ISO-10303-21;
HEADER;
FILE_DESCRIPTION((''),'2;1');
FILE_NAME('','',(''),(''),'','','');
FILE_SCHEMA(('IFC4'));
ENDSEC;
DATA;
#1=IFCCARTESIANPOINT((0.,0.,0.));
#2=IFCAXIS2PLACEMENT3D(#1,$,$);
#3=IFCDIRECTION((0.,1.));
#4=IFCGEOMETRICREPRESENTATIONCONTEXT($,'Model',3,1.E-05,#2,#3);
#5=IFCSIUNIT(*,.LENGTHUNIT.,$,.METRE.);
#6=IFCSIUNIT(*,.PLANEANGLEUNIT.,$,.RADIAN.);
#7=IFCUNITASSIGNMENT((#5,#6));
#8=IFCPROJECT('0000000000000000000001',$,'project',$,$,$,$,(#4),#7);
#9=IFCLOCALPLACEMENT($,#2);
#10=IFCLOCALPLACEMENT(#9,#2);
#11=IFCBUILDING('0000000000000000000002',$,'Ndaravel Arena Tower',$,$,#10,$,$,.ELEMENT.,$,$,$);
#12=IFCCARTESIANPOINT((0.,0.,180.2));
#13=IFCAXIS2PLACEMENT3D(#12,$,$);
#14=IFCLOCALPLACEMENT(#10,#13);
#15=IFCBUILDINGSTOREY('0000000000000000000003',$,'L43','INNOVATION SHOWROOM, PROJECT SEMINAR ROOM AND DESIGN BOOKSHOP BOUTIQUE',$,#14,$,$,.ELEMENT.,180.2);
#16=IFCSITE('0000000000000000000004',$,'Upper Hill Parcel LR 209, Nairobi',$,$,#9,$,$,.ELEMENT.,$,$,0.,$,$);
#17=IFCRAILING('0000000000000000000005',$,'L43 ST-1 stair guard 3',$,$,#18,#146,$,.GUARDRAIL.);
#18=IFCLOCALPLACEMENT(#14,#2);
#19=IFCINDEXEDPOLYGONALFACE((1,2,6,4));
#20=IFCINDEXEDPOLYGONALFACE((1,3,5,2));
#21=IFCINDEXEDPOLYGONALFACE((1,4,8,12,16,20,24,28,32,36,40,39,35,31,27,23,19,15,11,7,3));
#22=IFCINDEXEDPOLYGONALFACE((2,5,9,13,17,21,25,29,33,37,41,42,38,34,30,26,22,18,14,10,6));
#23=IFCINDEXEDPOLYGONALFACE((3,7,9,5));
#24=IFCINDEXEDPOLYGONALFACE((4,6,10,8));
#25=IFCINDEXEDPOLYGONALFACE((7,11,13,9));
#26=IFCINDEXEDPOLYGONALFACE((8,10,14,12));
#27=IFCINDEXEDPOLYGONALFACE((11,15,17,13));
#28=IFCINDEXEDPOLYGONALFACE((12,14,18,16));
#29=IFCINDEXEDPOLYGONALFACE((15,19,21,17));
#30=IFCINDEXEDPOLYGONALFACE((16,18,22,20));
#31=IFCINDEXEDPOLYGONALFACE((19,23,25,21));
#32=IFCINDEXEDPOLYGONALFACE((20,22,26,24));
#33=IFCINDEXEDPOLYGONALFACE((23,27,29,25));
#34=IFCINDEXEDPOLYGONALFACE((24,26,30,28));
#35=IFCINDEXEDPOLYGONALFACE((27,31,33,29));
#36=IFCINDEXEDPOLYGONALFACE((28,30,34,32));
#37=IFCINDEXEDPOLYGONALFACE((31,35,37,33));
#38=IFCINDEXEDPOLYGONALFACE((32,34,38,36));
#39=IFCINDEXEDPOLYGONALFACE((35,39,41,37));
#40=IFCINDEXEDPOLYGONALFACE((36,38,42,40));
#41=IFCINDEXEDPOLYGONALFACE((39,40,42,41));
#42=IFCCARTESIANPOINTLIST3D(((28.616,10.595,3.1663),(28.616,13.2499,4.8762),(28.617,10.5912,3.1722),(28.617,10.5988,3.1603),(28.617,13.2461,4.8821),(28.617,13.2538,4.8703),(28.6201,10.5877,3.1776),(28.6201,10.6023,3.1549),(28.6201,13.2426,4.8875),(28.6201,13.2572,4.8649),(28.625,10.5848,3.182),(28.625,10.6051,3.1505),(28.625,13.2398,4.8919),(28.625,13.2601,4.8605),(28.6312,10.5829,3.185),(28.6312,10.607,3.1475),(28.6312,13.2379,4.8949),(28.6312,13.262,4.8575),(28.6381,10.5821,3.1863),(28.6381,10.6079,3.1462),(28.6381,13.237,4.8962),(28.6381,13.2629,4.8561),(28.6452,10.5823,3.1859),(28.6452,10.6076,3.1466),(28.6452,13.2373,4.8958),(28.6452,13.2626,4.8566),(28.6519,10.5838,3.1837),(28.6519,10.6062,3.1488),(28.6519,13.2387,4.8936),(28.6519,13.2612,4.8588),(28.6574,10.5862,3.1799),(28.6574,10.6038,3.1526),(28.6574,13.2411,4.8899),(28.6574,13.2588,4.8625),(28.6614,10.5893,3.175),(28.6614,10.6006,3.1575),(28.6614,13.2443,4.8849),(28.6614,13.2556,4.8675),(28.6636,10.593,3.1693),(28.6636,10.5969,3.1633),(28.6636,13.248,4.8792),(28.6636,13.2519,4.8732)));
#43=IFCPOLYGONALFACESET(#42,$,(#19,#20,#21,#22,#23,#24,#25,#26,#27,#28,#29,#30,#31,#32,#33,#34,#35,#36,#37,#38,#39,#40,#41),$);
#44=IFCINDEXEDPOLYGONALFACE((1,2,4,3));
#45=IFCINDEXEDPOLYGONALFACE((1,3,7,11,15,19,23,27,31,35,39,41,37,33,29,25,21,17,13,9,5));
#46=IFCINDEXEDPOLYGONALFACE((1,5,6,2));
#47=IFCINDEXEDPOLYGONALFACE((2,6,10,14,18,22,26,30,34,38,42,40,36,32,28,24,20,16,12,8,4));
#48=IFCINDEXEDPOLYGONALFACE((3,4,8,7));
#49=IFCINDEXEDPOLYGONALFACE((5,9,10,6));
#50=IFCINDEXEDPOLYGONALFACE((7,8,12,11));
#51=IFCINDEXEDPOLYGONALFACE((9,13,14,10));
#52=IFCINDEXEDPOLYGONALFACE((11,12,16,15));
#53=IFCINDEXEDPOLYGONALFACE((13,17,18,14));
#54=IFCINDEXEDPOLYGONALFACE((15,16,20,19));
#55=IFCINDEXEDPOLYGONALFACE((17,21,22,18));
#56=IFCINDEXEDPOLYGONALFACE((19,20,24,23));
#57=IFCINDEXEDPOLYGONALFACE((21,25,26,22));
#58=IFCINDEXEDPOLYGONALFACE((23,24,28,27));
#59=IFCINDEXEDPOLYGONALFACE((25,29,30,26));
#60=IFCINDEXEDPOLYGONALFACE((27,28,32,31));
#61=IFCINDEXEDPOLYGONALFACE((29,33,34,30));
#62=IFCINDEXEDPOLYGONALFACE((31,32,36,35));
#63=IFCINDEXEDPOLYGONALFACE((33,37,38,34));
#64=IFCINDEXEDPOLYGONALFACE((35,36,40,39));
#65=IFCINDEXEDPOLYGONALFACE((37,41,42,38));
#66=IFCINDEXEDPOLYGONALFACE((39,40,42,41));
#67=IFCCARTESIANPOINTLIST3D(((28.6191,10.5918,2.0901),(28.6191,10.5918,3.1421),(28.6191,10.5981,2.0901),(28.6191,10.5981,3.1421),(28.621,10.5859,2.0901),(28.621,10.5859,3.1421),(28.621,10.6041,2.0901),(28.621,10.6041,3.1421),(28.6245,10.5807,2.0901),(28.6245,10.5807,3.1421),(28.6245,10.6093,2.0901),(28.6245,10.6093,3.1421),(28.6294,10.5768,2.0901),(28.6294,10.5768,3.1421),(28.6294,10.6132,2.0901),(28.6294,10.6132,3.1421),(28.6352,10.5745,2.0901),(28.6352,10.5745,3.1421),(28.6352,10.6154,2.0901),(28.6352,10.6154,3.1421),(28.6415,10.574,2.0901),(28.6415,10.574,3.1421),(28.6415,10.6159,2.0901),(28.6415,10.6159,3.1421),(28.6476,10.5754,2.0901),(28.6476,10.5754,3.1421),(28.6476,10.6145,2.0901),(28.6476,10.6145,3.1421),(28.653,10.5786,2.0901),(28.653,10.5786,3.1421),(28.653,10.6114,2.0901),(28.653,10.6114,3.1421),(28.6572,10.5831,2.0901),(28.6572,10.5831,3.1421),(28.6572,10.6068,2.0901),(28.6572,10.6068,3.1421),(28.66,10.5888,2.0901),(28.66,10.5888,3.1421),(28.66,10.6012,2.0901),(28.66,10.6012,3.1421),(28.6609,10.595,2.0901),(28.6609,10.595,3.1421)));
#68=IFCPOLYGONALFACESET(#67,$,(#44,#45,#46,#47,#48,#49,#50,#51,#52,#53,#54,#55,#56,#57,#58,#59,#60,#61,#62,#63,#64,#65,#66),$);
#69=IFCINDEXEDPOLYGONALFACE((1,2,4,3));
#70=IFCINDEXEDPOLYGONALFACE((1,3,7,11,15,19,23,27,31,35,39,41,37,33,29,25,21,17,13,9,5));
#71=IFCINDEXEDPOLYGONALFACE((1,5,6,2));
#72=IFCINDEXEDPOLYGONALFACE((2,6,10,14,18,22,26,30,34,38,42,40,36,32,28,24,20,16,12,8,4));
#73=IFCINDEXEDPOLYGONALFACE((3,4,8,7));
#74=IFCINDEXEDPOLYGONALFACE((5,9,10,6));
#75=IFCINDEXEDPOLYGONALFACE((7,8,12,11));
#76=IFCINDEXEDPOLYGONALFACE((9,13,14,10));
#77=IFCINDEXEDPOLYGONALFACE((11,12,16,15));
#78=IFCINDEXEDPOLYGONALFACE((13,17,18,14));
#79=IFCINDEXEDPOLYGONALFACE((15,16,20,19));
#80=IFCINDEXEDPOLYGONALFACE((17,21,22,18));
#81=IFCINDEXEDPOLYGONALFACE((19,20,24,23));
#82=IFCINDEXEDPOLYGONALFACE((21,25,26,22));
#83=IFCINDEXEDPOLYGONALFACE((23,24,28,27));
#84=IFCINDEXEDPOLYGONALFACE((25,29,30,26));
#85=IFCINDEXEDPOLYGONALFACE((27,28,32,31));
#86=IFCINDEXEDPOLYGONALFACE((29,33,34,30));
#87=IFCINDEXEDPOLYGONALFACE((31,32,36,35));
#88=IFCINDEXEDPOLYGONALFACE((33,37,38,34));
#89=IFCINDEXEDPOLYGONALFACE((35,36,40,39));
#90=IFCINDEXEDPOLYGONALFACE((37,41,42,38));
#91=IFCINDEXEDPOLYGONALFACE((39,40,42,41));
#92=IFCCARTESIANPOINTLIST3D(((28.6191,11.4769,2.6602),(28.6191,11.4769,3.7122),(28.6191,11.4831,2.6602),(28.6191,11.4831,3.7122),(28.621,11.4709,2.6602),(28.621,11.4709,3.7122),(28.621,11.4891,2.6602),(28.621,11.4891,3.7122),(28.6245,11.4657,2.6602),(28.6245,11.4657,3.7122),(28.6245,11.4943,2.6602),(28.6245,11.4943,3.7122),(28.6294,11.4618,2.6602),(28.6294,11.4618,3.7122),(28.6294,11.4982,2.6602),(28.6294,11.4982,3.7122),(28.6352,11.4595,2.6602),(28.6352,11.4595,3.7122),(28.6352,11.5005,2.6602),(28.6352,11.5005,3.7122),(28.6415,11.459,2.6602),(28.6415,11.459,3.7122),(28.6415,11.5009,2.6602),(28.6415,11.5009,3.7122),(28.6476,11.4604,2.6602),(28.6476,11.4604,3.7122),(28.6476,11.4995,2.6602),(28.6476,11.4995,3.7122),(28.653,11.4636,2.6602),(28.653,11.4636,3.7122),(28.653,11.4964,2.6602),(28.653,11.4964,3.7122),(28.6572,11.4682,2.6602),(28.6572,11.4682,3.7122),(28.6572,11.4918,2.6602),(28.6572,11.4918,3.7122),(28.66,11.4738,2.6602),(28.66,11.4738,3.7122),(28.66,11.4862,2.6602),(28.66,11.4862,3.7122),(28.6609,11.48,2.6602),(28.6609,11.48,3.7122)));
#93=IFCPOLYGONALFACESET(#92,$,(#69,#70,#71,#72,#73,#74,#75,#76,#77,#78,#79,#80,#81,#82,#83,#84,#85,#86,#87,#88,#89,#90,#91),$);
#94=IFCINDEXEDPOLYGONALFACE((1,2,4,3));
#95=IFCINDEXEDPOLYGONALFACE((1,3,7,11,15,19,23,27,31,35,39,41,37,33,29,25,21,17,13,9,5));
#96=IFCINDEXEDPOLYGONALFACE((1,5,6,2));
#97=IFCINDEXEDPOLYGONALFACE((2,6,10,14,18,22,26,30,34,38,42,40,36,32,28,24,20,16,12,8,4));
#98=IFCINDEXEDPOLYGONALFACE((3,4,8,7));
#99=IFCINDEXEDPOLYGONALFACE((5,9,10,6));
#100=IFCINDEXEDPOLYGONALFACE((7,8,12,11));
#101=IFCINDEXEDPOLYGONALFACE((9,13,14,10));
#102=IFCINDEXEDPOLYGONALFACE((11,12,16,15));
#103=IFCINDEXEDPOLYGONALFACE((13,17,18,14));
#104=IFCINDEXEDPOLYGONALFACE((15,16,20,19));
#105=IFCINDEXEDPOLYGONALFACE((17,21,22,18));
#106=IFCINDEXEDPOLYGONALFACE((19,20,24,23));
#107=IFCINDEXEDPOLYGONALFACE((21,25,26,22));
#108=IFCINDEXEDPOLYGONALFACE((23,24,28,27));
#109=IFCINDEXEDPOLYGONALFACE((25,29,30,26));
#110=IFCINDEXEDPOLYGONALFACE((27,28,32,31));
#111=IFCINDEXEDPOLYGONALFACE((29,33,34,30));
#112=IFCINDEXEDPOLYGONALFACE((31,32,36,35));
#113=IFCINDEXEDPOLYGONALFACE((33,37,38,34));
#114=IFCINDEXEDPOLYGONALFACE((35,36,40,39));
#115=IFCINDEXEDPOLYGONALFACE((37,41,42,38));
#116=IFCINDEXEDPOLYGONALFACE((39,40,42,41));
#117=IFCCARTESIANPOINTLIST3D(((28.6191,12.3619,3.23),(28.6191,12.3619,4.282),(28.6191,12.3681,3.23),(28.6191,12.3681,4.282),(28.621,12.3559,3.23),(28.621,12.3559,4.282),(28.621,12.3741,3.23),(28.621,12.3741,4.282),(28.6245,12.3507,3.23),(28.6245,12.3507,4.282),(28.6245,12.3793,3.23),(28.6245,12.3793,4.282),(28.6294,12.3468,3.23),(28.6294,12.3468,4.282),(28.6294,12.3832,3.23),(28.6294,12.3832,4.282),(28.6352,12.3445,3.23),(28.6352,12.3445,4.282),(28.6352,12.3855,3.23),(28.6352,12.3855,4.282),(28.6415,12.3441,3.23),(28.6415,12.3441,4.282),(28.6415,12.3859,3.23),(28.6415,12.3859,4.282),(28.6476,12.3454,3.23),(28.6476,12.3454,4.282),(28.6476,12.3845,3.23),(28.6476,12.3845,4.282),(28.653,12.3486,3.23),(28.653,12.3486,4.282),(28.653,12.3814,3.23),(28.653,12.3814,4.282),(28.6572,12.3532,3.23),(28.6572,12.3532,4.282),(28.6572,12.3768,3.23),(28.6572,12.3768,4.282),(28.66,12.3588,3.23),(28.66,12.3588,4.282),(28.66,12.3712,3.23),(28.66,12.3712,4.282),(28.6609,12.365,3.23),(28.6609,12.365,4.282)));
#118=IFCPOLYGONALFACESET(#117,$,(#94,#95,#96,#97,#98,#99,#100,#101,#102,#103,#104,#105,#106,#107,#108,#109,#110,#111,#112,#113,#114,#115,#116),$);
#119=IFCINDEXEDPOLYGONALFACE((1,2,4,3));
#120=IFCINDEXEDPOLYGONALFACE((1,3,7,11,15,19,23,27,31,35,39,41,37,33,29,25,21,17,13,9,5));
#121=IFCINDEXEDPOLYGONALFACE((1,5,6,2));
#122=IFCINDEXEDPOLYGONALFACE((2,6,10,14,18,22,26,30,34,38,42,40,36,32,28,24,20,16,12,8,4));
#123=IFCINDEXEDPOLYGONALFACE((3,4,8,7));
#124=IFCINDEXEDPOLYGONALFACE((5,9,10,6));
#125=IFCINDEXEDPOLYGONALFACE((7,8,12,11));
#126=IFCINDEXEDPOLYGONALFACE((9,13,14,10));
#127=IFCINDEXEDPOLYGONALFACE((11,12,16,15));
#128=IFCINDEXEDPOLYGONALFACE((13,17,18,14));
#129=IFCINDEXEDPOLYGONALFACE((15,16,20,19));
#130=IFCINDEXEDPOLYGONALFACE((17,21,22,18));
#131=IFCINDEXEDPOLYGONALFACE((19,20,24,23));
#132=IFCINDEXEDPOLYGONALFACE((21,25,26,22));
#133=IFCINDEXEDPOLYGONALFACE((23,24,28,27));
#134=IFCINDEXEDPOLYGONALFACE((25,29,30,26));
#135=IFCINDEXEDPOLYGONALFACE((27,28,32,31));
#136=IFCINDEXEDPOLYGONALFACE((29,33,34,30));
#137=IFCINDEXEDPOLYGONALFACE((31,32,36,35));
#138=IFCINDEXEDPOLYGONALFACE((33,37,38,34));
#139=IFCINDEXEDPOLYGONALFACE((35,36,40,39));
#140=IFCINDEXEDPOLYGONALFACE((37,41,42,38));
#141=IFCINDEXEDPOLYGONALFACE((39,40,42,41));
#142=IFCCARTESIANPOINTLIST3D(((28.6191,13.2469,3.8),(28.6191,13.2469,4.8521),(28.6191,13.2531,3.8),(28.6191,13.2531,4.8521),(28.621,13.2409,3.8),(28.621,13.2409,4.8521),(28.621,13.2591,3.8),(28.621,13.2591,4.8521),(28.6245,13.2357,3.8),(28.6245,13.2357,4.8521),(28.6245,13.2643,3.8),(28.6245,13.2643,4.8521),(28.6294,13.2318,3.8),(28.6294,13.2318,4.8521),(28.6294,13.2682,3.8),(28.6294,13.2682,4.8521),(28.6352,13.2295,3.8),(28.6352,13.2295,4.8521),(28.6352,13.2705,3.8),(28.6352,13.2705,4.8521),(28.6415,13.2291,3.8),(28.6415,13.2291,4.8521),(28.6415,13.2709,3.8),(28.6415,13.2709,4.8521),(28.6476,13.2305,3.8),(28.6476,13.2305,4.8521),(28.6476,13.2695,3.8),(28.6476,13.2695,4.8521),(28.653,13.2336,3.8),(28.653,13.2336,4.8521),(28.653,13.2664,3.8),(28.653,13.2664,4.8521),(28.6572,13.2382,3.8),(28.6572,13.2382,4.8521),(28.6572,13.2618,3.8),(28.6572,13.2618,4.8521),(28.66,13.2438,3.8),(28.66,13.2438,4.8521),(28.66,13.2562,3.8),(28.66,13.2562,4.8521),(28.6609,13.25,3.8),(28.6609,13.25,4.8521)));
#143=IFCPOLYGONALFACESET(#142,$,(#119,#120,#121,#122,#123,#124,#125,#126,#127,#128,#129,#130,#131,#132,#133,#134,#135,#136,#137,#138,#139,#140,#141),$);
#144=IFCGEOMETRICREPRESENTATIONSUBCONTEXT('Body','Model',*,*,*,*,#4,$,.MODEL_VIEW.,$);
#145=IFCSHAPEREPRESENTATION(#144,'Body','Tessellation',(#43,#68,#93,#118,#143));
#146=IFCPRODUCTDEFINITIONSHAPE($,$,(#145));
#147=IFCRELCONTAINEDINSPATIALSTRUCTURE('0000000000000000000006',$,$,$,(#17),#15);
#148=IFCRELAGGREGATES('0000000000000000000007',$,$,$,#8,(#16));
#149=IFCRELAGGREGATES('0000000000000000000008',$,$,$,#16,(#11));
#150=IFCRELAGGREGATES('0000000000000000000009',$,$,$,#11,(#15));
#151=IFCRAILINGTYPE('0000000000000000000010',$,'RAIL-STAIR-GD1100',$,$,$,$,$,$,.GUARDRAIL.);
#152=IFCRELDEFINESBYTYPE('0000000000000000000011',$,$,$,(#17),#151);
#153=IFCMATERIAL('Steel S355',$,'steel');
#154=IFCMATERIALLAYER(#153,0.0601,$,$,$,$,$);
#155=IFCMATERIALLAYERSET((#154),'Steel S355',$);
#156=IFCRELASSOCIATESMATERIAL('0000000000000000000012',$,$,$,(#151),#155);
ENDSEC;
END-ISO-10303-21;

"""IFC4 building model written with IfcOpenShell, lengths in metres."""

from ifc_helpers import new_model, si_unit, direction, frame, origin, origin_2d, place, context, subcontext, project, spatial, circle, extrude, material, layer, layer_set, type_object, element, save


model = new_model("IFC4")

# Units and contexts
model_context = context("Model", 3, precision=1e-05, world=origin(), true_north=direction((0.0, 1.0)))
body_context = subcontext(model_context, "Body", "Model", "MODEL_VIEW")
ifc_project = project(units=[si_unit("LENGTHUNIT", "METRE"), si_unit("PLANEANGLEUNIT", "RADIAN")], contexts=[model_context])

# Site, building, storey
site_placement = place(None, origin())
site = spatial("IfcSite", under=ifc_project, at=site_placement, Name="Upper Hill Parcel LR 209, Nairobi", CompositionType="ELEMENT", RefElevation=0.0)
building_placement = place(site_placement, origin())
building = spatial("IfcBuilding", under=site, at=building_placement, Name="Ndaravel Arena Tower", CompositionType="ELEMENT")
storey_placement = place(building_placement, frame((0.0, 0.0, 180.2)))
storey = spatial("IfcBuildingStorey", under=building, at=storey_placement, Name="L43", Description="INNOVATION SHOWROOM, PROJECT SEMINAR ROOM AND DESIGN BOOKSHOP BOUTIQUE", CompositionType="ELEMENT", Elevation=180.2)

# Railing
ifc_material_1 = material(Name="Steel S355", Category="steel")
ifc_layer_1 = layer(ifc_material_1, 0.0601)
ifc_layer_set_1 = layer_set([ifc_layer_1], Name="Steel S355")
railing_type_1 = type_object("IfcRailingType", Name="RAIL-STAIR-GD1100", PredefinedType="GUARDRAIL", material=ifc_layer_set_1)
railing_1_placement = place(storey_placement, frame((28.6399, 10.595, 2.0901)))
element("IfcRailing", 1, at=railing_1_placement, inside=storey, type_object=railing_type_1, Name="L43 ST-1 stair guard 3", PredefinedType="GUARDRAIL", context=body_context, shape_type="SweptSolid", body=[
    extrude(circle(Radius=0.0239, at=origin_2d()), frame((0.0, 0.0, 1.0762), z_axis=(0.0, 0.840724, 0.541465), x_axis=(-1.0, 0.0, 0.0)), (0.0, 0.0, 1.0), 3.158),
    extrude(circle(Radius=0.021, at=origin_2d()), origin(), (0.0, 0.0, 1.0), 1.052),
    extrude(circle(Radius=0.021, at=origin_2d()), frame((0.0, 0.885, 0.5701)), (0.0, 0.0, 1.0), 1.052),
    extrude(circle(Radius=0.021, at=origin_2d()), frame((0.0, 1.77, 1.1399)), (0.0, 0.0, 1.0), 1.052),
    extrude(circle(Radius=0.021, at=origin_2d()), frame((0.0, 2.655, 1.71)), (0.0, 0.0, 1.0), 1.052),
])

save(model, "model.ifc")
